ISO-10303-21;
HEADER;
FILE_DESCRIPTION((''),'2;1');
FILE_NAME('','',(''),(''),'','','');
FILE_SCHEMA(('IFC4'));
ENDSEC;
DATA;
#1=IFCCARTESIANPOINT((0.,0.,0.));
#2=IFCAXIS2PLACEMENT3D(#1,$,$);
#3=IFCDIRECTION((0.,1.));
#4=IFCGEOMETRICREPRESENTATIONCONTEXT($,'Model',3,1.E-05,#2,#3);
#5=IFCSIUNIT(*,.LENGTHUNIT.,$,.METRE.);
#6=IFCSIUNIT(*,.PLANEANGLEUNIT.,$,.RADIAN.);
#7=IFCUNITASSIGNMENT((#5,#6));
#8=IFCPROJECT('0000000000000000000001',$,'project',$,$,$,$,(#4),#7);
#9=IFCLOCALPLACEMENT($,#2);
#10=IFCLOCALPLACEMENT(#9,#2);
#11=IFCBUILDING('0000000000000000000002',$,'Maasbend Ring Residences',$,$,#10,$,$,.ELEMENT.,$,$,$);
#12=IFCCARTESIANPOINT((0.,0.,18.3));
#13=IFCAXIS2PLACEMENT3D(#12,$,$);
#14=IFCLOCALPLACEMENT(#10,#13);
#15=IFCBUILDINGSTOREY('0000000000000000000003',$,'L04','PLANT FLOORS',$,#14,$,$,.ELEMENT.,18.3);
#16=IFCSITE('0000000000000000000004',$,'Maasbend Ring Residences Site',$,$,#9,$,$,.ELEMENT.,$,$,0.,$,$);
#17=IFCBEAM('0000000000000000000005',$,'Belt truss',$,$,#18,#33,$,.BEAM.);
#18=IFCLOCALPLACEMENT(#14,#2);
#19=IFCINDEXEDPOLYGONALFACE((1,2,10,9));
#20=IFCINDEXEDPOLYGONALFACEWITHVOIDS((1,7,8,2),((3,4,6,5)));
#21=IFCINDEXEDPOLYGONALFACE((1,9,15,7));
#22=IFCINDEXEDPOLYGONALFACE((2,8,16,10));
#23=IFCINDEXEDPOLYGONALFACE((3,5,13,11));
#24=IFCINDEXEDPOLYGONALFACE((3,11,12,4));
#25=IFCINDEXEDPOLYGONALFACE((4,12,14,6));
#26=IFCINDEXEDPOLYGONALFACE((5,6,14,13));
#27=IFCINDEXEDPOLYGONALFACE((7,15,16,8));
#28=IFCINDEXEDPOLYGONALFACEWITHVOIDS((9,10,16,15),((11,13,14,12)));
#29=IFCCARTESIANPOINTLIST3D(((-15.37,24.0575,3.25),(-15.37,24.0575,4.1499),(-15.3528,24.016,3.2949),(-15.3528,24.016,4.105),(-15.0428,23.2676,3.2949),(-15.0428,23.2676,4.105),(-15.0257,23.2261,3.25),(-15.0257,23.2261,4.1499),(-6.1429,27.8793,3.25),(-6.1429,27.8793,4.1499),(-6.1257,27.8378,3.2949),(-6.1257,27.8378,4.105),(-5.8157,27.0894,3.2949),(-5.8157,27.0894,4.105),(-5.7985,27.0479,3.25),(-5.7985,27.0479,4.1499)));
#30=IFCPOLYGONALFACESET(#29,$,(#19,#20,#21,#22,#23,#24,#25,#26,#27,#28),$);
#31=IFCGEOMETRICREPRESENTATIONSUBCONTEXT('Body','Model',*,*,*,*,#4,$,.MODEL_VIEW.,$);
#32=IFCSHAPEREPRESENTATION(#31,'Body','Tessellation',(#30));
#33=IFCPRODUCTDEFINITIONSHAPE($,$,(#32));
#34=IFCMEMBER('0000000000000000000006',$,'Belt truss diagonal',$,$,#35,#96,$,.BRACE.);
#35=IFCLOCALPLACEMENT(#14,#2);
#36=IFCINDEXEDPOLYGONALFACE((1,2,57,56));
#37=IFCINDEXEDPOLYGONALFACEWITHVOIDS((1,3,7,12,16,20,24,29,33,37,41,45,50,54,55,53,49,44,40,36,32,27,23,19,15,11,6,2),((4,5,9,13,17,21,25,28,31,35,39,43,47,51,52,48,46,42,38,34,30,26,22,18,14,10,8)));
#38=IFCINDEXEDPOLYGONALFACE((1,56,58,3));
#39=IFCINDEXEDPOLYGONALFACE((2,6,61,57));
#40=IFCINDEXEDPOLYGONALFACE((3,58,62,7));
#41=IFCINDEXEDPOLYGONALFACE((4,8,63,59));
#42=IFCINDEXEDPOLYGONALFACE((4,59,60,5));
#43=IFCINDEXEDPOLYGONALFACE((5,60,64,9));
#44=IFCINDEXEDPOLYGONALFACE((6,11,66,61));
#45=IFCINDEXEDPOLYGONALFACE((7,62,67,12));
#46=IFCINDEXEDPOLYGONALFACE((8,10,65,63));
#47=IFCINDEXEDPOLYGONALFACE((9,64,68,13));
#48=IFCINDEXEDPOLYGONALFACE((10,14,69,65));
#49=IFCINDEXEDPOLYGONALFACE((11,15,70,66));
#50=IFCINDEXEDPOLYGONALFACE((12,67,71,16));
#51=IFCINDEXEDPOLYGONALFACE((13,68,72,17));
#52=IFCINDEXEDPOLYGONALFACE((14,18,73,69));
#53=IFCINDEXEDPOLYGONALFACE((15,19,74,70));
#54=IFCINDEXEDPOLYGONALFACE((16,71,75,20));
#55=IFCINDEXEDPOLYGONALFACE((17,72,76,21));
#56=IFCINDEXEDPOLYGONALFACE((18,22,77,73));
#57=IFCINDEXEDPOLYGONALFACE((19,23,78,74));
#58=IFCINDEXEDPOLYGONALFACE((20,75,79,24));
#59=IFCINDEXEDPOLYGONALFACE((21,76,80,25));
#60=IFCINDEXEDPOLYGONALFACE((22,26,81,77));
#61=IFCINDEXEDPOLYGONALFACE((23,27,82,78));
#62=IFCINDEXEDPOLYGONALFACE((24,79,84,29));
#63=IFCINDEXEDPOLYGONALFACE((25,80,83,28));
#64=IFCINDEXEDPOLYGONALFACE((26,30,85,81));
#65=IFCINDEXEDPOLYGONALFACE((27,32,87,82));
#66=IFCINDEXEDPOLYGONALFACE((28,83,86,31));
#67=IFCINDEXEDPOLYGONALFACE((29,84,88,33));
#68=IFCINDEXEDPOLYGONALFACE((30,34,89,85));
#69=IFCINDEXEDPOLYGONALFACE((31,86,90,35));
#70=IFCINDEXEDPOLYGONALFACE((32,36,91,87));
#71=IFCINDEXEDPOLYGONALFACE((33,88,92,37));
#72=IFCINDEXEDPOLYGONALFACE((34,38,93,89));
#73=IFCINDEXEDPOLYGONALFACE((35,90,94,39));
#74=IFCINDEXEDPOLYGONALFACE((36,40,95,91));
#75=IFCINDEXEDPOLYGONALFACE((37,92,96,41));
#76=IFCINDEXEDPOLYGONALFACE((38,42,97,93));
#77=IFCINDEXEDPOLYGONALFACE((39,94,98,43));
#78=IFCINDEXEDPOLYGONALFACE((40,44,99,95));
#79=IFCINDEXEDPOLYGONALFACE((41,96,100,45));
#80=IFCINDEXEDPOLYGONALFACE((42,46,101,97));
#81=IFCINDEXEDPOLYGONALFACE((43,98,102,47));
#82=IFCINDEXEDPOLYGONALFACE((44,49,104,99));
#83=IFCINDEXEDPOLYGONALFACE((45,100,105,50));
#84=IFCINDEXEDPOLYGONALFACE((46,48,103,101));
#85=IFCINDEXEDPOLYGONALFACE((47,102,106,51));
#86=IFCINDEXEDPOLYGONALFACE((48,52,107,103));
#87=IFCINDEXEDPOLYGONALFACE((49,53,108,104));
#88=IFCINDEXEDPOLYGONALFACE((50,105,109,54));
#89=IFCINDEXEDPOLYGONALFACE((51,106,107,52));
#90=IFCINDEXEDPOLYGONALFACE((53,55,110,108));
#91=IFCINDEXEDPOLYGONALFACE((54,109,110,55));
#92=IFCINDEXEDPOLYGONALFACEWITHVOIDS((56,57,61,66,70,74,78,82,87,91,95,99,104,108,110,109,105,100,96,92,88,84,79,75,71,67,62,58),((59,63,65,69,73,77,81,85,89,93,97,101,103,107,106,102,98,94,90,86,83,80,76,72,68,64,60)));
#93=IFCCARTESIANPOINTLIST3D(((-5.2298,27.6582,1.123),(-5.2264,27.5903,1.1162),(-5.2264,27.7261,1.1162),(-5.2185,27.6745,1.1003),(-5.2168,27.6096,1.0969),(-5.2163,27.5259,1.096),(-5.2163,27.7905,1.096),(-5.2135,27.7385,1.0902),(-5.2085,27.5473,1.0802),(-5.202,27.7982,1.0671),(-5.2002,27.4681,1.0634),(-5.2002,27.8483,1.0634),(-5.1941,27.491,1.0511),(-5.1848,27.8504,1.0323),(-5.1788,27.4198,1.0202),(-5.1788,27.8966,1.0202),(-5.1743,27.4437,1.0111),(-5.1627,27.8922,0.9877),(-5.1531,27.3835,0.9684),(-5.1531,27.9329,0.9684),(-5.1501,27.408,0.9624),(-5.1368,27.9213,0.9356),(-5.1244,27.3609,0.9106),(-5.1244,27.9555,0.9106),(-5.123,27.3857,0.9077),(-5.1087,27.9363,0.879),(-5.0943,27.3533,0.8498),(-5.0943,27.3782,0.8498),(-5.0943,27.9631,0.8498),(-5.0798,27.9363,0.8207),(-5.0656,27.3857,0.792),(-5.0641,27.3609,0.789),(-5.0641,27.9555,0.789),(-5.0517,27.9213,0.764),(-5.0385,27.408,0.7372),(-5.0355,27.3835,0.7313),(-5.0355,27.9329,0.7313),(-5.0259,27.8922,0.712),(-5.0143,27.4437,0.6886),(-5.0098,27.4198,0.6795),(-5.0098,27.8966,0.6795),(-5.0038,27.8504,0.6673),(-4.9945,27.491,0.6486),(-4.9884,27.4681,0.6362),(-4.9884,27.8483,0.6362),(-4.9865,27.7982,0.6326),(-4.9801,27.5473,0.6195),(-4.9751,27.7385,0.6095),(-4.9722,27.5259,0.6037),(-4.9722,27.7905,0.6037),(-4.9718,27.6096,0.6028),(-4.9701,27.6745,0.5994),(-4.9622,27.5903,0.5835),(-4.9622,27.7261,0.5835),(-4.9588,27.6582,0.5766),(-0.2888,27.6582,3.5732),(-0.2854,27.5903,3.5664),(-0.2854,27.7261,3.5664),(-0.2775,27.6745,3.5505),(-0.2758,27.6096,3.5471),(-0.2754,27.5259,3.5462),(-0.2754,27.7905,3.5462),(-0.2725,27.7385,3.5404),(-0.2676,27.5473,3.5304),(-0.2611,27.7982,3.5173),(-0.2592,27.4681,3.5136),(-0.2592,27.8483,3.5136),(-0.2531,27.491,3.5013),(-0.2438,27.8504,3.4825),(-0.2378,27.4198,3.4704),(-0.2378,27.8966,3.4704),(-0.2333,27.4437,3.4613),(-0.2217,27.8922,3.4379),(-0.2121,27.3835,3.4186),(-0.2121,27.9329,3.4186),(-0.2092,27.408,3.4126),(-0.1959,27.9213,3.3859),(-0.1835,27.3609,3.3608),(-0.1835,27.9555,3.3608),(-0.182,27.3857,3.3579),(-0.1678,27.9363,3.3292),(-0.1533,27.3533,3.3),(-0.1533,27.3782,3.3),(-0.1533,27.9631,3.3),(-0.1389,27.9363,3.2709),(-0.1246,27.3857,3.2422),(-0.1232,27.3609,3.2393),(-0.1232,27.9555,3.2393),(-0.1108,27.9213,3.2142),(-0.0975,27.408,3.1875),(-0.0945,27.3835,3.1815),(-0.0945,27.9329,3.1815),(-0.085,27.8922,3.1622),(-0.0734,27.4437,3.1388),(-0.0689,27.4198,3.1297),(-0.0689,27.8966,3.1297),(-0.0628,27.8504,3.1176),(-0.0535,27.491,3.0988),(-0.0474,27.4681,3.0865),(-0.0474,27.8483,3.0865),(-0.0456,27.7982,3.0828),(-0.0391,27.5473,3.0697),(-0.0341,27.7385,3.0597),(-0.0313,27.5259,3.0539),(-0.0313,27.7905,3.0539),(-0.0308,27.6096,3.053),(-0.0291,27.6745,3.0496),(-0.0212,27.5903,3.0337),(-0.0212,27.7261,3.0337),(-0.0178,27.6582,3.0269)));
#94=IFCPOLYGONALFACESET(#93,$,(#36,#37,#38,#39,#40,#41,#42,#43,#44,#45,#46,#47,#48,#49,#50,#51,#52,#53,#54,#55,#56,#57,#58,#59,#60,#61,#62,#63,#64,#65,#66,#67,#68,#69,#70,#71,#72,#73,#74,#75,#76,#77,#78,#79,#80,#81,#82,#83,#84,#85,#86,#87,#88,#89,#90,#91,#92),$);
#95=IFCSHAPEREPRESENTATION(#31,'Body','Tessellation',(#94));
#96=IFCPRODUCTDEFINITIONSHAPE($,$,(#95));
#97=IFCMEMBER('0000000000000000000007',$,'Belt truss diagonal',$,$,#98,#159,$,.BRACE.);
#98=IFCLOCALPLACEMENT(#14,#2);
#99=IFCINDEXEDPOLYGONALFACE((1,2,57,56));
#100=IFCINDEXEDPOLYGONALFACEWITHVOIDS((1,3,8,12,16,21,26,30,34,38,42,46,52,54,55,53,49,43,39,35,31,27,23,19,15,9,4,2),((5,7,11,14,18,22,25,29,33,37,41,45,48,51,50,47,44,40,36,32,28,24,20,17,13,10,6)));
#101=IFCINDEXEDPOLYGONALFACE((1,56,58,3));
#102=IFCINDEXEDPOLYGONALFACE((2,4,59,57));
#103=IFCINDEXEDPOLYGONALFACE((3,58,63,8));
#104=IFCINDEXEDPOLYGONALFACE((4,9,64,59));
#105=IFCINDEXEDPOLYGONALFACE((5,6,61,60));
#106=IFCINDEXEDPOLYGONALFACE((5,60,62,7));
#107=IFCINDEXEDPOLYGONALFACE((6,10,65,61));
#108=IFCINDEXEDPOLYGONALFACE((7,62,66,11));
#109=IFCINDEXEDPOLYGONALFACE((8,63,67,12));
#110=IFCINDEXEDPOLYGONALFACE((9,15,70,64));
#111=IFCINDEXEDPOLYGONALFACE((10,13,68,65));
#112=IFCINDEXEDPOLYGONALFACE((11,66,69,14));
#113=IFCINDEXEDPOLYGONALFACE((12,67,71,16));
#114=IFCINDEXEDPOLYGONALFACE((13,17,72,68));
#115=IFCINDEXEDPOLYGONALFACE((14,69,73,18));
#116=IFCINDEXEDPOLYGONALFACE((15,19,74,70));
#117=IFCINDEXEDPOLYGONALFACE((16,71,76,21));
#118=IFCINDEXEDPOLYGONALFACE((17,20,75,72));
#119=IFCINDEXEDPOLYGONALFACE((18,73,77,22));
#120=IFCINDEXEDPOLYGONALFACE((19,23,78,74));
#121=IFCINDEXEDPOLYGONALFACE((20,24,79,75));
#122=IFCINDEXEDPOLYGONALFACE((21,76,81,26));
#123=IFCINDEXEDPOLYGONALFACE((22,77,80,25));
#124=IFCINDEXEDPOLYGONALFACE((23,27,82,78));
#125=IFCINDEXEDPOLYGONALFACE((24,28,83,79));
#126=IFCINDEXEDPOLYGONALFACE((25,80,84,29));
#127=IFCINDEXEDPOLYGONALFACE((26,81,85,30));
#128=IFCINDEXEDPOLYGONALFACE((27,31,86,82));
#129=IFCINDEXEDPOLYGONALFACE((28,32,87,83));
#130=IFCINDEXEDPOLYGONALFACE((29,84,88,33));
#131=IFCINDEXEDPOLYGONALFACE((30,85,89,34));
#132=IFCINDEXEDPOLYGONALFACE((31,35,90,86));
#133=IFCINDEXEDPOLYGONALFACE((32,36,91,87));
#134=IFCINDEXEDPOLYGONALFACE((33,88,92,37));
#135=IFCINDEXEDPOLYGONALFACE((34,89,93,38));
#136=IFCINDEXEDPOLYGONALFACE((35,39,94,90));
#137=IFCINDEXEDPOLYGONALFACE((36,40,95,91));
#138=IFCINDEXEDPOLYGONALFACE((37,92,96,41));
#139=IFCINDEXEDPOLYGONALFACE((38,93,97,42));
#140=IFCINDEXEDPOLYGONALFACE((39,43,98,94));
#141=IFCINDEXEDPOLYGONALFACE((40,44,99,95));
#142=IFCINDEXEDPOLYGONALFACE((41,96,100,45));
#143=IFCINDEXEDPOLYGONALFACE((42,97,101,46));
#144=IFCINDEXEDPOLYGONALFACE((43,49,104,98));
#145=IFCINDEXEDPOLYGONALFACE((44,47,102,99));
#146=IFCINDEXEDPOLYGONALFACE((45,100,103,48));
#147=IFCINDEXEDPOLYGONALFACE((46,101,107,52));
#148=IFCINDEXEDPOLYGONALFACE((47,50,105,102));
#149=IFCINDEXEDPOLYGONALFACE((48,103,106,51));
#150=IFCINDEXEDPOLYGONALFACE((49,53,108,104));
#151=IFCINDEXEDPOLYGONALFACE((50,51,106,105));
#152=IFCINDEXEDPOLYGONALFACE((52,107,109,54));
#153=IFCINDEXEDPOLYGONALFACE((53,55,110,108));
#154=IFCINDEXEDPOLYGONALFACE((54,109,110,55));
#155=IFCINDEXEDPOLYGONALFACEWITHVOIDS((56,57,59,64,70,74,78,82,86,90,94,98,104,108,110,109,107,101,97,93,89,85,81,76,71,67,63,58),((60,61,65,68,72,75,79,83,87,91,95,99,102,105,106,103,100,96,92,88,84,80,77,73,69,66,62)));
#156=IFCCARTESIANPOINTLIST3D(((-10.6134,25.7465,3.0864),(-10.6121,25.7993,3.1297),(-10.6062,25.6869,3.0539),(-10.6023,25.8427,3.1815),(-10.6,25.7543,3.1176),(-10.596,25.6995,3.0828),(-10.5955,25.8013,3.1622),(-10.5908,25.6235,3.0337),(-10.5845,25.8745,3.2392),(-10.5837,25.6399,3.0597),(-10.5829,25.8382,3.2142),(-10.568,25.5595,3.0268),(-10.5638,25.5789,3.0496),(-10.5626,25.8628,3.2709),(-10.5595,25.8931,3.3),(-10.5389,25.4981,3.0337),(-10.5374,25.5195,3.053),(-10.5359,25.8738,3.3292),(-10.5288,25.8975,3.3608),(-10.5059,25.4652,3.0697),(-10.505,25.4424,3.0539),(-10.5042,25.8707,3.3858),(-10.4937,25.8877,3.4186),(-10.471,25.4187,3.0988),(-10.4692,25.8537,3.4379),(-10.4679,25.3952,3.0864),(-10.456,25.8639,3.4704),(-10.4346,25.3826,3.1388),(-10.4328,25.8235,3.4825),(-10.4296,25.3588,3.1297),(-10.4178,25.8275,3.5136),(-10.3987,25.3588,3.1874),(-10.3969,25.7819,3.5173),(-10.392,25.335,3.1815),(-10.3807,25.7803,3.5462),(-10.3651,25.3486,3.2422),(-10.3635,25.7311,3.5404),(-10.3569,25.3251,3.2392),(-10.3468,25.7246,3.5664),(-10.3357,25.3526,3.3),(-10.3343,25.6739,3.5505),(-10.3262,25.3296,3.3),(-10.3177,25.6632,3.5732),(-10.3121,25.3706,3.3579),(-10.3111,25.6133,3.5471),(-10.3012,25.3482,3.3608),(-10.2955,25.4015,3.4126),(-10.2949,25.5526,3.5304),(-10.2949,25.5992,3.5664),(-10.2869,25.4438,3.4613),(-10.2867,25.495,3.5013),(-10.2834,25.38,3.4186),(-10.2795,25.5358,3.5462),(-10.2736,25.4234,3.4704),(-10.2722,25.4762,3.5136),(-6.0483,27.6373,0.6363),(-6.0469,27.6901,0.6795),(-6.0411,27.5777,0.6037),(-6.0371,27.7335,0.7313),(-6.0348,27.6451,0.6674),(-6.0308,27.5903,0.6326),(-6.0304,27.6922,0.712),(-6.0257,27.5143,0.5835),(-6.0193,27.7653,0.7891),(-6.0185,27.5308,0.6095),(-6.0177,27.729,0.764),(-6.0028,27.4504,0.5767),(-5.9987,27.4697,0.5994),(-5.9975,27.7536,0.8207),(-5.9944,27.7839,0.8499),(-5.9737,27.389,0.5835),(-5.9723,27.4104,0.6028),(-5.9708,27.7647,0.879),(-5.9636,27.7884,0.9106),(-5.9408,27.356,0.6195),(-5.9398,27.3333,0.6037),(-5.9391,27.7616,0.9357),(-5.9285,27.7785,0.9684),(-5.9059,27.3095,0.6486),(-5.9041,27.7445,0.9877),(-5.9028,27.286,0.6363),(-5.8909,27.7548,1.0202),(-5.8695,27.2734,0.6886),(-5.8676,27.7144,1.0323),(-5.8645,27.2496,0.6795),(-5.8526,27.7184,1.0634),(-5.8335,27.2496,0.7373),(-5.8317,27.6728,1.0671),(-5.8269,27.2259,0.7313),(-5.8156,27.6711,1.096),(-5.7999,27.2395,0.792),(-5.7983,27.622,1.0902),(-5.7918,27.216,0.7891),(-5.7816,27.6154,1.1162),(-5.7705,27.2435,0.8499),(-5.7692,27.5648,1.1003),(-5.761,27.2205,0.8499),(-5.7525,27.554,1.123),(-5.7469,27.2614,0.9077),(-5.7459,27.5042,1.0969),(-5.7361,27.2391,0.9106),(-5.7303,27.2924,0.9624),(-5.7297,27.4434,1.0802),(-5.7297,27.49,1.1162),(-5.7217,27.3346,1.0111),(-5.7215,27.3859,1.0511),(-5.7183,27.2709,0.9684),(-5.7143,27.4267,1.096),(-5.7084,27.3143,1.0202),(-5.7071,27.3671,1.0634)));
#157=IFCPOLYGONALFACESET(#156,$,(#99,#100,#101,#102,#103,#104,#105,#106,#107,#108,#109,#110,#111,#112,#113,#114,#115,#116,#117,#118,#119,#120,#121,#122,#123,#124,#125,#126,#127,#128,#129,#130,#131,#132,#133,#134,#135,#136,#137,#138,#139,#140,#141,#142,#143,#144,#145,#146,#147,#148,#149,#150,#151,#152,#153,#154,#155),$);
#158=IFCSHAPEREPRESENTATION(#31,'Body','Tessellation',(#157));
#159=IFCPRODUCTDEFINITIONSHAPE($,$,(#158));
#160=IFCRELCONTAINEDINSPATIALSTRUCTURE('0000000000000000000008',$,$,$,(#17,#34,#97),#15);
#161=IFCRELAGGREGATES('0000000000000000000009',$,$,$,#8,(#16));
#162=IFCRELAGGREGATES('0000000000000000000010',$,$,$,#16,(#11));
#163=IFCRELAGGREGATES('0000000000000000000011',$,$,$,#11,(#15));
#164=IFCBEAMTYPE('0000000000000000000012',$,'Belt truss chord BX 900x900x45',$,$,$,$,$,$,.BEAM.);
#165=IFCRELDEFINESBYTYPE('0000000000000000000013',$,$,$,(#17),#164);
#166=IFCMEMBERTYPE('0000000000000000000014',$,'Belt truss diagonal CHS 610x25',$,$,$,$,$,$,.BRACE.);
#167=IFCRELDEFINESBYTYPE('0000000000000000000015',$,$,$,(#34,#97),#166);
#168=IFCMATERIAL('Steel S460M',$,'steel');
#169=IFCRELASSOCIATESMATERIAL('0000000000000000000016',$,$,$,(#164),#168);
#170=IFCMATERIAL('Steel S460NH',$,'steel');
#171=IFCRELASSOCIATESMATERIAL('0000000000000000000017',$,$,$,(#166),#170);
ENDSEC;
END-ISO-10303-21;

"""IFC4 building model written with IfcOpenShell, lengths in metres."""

from ifc_helpers import new_model, si_unit, direction, frame, origin, origin_2d, place, context, subcontext, project, spatial, hollow_rectangle, hollow_circle, extrude, material, material_profile, profile_set, type_object, element, save


model = new_model("IFC4")

# Units and contexts
model_context = context("Model", 3, precision=1e-05, world=origin(), true_north=direction((0.0, 1.0)))
body_context = subcontext(model_context, "Body", "Model", "MODEL_VIEW")
ifc_project = project(units=[si_unit("LENGTHUNIT", "METRE"), si_unit("PLANEANGLEUNIT", "RADIAN")], contexts=[model_context])

# Site, building, storey
site_placement = place(None, origin())
site = spatial("IfcSite", under=ifc_project, at=site_placement, Name="Maasbend Ring Residences Site", CompositionType="ELEMENT", RefElevation=0.0)
building_placement = place(site_placement, origin())
building = spatial("IfcBuilding", under=site, at=building_placement, Name="Maasbend Ring Residences", CompositionType="ELEMENT")
storey_placement = place(building_placement, frame((0.0, 0.0, 18.3)))
storey = spatial("IfcBuildingStorey", under=building, at=storey_placement, Name="L04", Description="PLANT FLOORS", CompositionType="ELEMENT", Elevation=18.3)

# Beam
ifc_material_1 = material(Name="Steel S460M", Category="steel")
ifc_material_profile_1 = material_profile(ifc_material_1, hollow_rectangle(XDim=0.8999, YDim=0.8999, WallThickness=0.0449, at=origin_2d()), Name="Belt truss chord BX 900x900x45")
ifc_profile_set_1 = profile_set([ifc_material_profile_1], Name="Steel S460M")
beam_type_1 = type_object("IfcBeamType", Name="Belt truss chord BX 900x900x45", PredefinedType="BEAM", material=ifc_profile_set_1)
for number, where, z_axis, x_axis, name in (
    (1, (-5.9707, 27.4636, 3.7), (-0.923886, -0.382667, 0.0), (0.382667, -0.923886, 0.0), "Belt truss"),
):
    element("IfcBeam", number, at=place(storey_placement, frame(where, z_axis=z_axis, x_axis=x_axis)), inside=storey, type_object=beam_type_1, Name=name, PredefinedType="BEAM", context=body_context, shape_type="SweptSolid", body=[
        extrude(hollow_rectangle(XDim=0.8999, YDim=0.8999, WallThickness=0.0449, at=origin_2d()), origin(), (0.0, 0.0, 1.0), 9.9873),
    ])

# Members
ifc_material_2 = material(Name="Steel S460NH", Category="steel")
ifc_material_profile_2 = material_profile(ifc_material_2, hollow_circle(Radius=0.3049, WallThickness=0.0249, at=origin_2d()), Name="Belt truss diagonal CHS 610x25")
ifc_profile_set_2 = profile_set([ifc_material_profile_2], Name="Steel S460NH")
member_type_1 = type_object("IfcMemberType", Name="Belt truss diagonal CHS 610x25", PredefinedType="BRACE", material=ifc_profile_set_2)
member_1_placement = place(storey_placement, frame((-0.1533, 27.6582, 3.3), z_axis=(-0.895892, 0.0, -0.444272), x_axis=(0.0, -1.0, 0.0)))
element("IfcMember", 2, at=member_1_placement, inside=storey, type_object=member_type_1, Name="Belt truss diagonal", PredefinedType="BRACE", context=body_context, shape_type="SweptSolid", body=[
    extrude(hollow_circle(Radius=0.3049, WallThickness=0.0249, at=origin_2d()), origin(), (0.0, 0.0, 1.0), 5.5151),
])
for number, where, z_axis, x_axis, name in (
    (3, (-5.8777, 27.5022, 0.8499), (-0.827714, -0.342834, 0.444245), (0.382667, -0.923886, 0.0), "Belt truss diagonal"),
):
    element("IfcMember", number, at=place(storey_placement, frame(where, z_axis=z_axis, x_axis=x_axis)), inside=storey, type_object=member_type_1, Name=name, PredefinedType="BRACE", context=body_context, shape_type="SweptSolid", body=[
        extrude(hollow_circle(Radius=0.3049, WallThickness=0.0249, at=origin_2d()), origin(), (0.0, 0.0, 1.0), 5.5154),
    ])

save(model, "model.ifc")
